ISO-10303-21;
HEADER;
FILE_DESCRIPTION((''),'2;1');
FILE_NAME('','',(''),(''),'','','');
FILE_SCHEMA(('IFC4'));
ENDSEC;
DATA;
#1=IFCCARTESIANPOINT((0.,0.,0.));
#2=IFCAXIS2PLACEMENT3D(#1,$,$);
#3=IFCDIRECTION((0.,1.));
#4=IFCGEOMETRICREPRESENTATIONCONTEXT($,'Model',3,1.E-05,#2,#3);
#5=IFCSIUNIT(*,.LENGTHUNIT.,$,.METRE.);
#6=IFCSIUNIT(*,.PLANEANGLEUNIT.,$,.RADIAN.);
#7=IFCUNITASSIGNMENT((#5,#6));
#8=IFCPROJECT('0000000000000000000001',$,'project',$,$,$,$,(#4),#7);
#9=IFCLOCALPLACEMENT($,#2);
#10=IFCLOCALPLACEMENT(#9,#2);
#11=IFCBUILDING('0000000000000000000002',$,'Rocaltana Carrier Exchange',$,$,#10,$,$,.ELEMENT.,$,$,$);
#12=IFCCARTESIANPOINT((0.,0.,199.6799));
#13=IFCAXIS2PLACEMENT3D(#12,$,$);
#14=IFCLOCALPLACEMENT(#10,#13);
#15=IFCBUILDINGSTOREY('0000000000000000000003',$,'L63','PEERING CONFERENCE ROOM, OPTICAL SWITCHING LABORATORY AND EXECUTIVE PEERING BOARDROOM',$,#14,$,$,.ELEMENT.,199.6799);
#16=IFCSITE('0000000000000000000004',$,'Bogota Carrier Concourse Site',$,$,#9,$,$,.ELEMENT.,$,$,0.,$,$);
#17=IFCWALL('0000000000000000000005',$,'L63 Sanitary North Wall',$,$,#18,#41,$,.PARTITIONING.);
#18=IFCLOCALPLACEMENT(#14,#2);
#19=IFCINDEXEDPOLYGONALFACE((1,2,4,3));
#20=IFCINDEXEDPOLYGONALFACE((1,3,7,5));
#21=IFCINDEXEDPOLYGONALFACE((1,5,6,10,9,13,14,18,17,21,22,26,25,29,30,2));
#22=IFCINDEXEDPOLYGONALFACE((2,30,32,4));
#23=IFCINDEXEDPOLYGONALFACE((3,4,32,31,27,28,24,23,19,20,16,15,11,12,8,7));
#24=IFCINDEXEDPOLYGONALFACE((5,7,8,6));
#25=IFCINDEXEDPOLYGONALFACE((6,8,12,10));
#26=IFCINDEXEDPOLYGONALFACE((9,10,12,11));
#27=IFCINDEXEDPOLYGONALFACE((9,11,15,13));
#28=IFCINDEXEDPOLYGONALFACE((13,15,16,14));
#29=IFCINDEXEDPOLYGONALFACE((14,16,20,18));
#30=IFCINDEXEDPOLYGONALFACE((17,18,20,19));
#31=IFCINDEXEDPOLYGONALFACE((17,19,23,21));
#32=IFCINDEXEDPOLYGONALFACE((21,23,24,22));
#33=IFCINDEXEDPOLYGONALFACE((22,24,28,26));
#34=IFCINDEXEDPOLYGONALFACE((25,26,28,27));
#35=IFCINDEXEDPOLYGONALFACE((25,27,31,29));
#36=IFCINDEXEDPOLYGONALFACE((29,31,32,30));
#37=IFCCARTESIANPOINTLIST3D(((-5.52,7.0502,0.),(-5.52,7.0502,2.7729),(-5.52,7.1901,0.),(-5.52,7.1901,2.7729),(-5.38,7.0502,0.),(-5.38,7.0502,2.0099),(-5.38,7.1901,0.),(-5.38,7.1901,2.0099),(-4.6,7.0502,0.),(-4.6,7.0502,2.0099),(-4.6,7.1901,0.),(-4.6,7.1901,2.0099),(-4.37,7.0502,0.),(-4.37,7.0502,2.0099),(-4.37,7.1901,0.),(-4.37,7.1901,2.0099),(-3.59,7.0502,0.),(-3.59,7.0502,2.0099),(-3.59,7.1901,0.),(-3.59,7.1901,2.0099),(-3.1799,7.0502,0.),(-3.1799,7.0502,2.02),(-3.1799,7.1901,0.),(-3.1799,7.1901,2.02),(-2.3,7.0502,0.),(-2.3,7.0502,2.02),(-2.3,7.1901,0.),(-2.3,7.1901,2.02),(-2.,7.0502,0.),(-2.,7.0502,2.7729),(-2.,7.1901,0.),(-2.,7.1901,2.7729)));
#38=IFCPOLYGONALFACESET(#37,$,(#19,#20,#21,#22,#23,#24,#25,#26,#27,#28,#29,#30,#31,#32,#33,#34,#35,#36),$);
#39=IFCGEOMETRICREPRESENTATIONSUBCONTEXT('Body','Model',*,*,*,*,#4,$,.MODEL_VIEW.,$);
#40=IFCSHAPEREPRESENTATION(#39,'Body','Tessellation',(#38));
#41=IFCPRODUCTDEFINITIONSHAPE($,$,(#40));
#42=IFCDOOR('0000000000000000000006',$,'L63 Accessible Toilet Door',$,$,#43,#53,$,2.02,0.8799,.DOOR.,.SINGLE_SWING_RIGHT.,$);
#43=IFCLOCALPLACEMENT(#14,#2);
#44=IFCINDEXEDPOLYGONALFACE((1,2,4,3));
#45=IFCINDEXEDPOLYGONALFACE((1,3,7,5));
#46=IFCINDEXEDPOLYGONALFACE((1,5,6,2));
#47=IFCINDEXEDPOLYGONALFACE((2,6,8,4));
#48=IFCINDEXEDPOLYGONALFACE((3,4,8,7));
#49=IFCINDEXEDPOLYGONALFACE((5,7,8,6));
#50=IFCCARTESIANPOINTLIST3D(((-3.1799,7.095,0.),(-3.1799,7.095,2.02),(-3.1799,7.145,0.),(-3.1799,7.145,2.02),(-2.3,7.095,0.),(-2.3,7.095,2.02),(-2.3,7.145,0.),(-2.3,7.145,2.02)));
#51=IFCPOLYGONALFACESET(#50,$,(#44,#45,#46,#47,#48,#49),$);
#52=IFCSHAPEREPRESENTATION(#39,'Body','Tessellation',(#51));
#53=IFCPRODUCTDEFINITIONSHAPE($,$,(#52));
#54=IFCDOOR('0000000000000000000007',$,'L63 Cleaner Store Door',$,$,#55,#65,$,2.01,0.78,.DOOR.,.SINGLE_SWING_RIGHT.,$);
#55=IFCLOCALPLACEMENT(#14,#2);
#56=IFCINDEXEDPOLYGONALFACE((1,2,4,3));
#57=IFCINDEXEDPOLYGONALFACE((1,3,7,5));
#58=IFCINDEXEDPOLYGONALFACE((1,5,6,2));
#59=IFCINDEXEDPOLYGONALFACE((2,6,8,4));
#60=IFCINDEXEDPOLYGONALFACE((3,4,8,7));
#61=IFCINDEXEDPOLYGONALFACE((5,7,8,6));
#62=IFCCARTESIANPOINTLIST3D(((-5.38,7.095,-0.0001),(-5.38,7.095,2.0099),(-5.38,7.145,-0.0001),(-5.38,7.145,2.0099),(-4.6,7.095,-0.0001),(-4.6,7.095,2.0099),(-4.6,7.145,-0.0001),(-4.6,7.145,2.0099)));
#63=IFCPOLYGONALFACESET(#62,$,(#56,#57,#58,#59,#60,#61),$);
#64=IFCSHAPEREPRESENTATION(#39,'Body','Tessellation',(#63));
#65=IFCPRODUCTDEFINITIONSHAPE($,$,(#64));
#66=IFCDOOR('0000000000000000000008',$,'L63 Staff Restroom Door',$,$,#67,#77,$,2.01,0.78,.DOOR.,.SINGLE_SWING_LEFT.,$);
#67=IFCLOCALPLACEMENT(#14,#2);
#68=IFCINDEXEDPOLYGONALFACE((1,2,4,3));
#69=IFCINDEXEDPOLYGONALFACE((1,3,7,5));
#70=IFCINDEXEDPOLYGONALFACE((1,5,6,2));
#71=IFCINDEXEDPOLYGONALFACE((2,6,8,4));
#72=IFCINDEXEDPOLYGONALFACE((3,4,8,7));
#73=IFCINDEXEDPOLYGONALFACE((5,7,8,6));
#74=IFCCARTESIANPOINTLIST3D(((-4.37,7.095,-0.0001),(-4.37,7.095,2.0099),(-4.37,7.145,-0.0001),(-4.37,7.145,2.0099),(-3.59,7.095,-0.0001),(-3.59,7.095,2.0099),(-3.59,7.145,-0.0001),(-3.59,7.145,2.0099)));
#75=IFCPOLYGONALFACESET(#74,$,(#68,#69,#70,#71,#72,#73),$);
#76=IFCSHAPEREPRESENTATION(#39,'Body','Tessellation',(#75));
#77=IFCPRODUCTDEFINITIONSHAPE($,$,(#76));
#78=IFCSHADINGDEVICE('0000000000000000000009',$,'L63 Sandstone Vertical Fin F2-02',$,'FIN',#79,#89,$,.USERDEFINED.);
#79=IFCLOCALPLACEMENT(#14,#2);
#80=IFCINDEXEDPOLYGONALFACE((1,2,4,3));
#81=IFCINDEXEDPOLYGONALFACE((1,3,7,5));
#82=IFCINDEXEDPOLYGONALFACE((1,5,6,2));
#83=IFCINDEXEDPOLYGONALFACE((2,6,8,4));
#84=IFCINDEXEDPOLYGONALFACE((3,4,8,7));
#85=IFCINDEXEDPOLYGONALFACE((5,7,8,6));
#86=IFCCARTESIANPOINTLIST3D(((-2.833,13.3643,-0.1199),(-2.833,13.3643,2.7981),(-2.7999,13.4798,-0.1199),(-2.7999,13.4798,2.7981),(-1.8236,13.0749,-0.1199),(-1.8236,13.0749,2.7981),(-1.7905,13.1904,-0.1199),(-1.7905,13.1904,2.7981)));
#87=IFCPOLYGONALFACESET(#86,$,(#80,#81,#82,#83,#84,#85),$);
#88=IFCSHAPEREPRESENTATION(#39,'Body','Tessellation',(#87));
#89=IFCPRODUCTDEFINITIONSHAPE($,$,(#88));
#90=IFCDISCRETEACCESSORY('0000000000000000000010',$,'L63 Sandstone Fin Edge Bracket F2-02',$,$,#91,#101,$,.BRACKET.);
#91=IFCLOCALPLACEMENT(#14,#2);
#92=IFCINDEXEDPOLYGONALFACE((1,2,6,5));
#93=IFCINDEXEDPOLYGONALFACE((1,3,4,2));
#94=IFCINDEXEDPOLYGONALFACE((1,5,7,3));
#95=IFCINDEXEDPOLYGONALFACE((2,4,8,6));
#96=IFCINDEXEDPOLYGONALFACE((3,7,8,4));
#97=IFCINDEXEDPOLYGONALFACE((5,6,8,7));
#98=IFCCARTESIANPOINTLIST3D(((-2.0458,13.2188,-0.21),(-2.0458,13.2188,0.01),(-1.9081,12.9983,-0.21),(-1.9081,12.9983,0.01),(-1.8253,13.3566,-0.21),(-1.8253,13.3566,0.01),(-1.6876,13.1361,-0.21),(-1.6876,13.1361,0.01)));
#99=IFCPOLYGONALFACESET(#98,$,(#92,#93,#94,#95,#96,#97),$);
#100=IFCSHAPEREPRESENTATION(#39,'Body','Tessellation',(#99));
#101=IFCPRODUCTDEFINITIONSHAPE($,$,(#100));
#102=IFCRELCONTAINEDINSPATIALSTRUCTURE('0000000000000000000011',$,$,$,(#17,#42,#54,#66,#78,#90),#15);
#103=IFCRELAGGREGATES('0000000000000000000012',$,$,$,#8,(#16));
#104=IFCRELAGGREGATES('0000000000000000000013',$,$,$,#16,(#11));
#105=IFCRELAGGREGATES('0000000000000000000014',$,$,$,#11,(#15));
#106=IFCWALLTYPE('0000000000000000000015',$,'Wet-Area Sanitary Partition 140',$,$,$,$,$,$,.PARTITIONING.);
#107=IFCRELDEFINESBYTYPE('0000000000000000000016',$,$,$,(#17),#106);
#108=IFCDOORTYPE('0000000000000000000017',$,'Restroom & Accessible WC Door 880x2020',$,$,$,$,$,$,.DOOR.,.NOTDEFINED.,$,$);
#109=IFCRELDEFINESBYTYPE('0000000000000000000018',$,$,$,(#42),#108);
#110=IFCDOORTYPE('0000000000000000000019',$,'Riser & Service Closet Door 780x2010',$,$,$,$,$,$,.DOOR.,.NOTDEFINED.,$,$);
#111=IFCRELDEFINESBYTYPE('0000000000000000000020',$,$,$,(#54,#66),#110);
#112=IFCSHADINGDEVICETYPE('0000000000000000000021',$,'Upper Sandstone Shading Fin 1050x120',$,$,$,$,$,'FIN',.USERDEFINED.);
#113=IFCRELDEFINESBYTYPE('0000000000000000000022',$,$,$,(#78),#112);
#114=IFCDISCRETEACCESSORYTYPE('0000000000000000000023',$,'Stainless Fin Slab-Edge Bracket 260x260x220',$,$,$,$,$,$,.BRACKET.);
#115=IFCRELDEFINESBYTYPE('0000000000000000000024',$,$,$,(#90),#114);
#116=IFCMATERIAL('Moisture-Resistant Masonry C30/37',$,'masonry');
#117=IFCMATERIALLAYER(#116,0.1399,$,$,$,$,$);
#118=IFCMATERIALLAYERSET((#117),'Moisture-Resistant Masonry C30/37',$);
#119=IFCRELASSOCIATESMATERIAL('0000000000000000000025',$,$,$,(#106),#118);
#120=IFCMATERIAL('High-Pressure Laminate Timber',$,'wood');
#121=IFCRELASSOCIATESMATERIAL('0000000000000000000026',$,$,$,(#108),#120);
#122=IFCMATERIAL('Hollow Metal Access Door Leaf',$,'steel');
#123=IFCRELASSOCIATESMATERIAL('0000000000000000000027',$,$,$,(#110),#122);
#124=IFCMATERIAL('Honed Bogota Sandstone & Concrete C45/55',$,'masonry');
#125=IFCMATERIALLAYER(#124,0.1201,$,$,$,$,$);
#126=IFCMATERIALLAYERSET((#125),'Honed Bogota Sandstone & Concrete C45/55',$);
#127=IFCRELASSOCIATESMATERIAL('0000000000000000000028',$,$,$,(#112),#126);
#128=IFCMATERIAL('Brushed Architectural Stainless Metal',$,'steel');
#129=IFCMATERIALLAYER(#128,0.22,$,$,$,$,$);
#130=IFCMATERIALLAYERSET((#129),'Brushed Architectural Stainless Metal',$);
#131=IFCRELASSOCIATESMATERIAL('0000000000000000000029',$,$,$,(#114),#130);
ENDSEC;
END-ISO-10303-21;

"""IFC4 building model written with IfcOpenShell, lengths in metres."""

from ifc_helpers import new_model, si_unit, direction, frame, frame_2d, origin, origin_2d, place, context, subcontext, project, spatial, rectangle, extrude, material, layer, layer_set, type_object, element, fill, save


model = new_model("IFC4")

# Units and contexts
model_context = context("Model", 3, precision=1e-05, world=origin(), true_north=direction((0.0, 1.0)))
body_context = subcontext(model_context, "Body", "Model", "MODEL_VIEW")
ifc_project = project(units=[si_unit("LENGTHUNIT", "METRE"), si_unit("PLANEANGLEUNIT", "RADIAN")], contexts=[model_context])

# Site, building, storey
site_placement = place(None, origin())
site = spatial("IfcSite", under=ifc_project, at=site_placement, Name="Bogota Carrier Concourse Site", CompositionType="ELEMENT", RefElevation=0.0)
building_placement = place(site_placement, origin())
building = spatial("IfcBuilding", under=site, at=building_placement, Name="Rocaltana Carrier Exchange", CompositionType="ELEMENT")
storey_placement = place(building_placement, frame((0.0, 0.0, 199.6799)))
storey = spatial("IfcBuildingStorey", under=building, at=storey_placement, Name="L63", Description="PEERING CONFERENCE ROOM, OPTICAL SWITCHING LABORATORY AND EXECUTIVE PEERING BOARDROOM", CompositionType="ELEMENT", Elevation=199.6799)

# Shared definitions
ifc_material_1 = material(Name="Moisture-Resistant Masonry C30/37", Category="masonry")
ifc_layer_1 = layer(ifc_material_1, 0.1399)
ifc_layer_set_1 = layer_set([ifc_layer_1], Name="Moisture-Resistant Masonry C30/37")
wall_type_1 = type_object("IfcWallType", Name="Wet-Area Sanitary Partition 140", PredefinedType="PARTITIONING", material=ifc_layer_set_1)

# Wall, openings, doors
wall_1_placement = place(storey_placement, frame((-5.52, 7.1201, 0.0), z_axis=(0.0, 0.0, 1.0), x_axis=(1.0, 0.0, 0.0)))
wall_1 = element("IfcWall", 1, at=wall_1_placement, inside=storey, type_object=wall_type_1, Name="L63 Sanitary North Wall", PredefinedType="PARTITIONING", context=body_context, shape_type="SweptSolid", body=[
    extrude(rectangle(XDim=3.52, YDim=0.1399, at=frame_2d((1.76, 0.0))), origin(), (0.0, 0.0, 1.0), 2.7729),
])
opening_1_placement = place(wall_1_placement, frame((0.1399, 0.0, 0.0)))
opening_1 = element("IfcOpeningElement", 2, at=opening_1_placement, cuts=wall_1, PredefinedType="OPENING", context=body_context, shape_type="SweptSolid", body=[
    extrude(rectangle(XDim=0.78, YDim=2.01, at=frame_2d((0.3901, 1.0049))), frame((0.0, 0.0798, 0.0), z_axis=(0.0, -1.0, 0.0), x_axis=(1.0, 0.0, 0.0)), (0.0, 0.0, 1.0), 0.1599),
])
opening_2_placement = place(wall_1_placement, frame((1.1499, 0.0, 0.0)))
opening_2 = element("IfcOpeningElement", 3, at=opening_2_placement, cuts=wall_1, PredefinedType="OPENING", context=body_context, shape_type="SweptSolid", body=[
    extrude(rectangle(XDim=0.78, YDim=2.01, at=frame_2d((0.3901, 1.0049))), frame((0.0, 0.0798, 0.0), z_axis=(0.0, -1.0, 0.0), x_axis=(1.0, 0.0, 0.0)), (0.0, 0.0, 1.0), 0.1599),
])
opening_3_placement = place(wall_1_placement, frame((2.3401, 0.0, 0.0)))
opening_3 = element("IfcOpeningElement", 4, at=opening_3_placement, cuts=wall_1, PredefinedType="OPENING", context=body_context, shape_type="SweptSolid", body=[
    extrude(rectangle(XDim=0.8799, YDim=2.02, at=frame_2d((0.4399, 1.01))), frame((0.0, 0.0798, 0.0), z_axis=(0.0, -1.0, 0.0), x_axis=(1.0, 0.0, 0.0)), (0.0, 0.0, 1.0), 0.1599),
])
ifc_material_2 = material(Name="High-Pressure Laminate Timber", Category="wood")
door_type_1 = type_object("IfcDoorType", Name="Restroom & Accessible WC Door 880x2020", OperationType="NOTDEFINED", PredefinedType="DOOR", material=ifc_material_2)
door_1_placement = place(opening_3_placement, origin())
door_1 = element("IfcDoor", 5, at=door_1_placement, inside=storey, type_object=door_type_1, Name="L63 Accessible Toilet Door", OperationType="SINGLE_SWING_RIGHT", OverallHeight=2.02, OverallWidth=0.8799, PredefinedType="DOOR", context=body_context, shape_type="SweptSolid", body=[
    extrude(rectangle(XDim=0.8799, YDim=2.02, at=frame_2d((0.4399, 1.01))), frame((0.0, 0.0249, 0.0), z_axis=(0.0, -1.0, 0.0), x_axis=(1.0, 0.0, 0.0)), (0.0, 0.0, 1.0), 0.05),
])
fill(opening_3, door_1)
ifc_material_3 = material(Name="Hollow Metal Access Door Leaf", Category="steel")
door_type_2 = type_object("IfcDoorType", Name="Riser & Service Closet Door 780x2010", OperationType="NOTDEFINED", PredefinedType="DOOR", material=ifc_material_3)
door_2_placement = place(opening_1_placement, origin())
door_2 = element("IfcDoor", 6, at=door_2_placement, inside=storey, type_object=door_type_2, Name="L63 Cleaner Store Door", OperationType="SINGLE_SWING_RIGHT", OverallHeight=2.01, OverallWidth=0.78, PredefinedType="DOOR", context=body_context, shape_type="SweptSolid", body=[
    extrude(rectangle(XDim=0.78, YDim=2.01, at=frame_2d((0.3901, 1.0049))), frame((0.0, 0.0249, 0.0), z_axis=(0.0, -1.0, 0.0), x_axis=(1.0, 0.0, 0.0)), (0.0, 0.0, 1.0), 0.05),
])
fill(opening_1, door_2)
door_3_placement = place(opening_2_placement, origin())
door_3 = element("IfcDoor", 7, at=door_3_placement, inside=storey, type_object=door_type_2, Name="L63 Staff Restroom Door", OperationType="SINGLE_SWING_LEFT", OverallHeight=2.01, OverallWidth=0.78, PredefinedType="DOOR", context=body_context, shape_type="SweptSolid", body=[
    extrude(rectangle(XDim=0.78, YDim=2.01, at=frame_2d((0.3901, 1.0049))), frame((0.0, 0.0249, 0.0), z_axis=(0.0, -1.0, 0.0), x_axis=(1.0, 0.0, 0.0)), (0.0, 0.0, 1.0), 0.05),
])
fill(opening_2, door_3)

# Shading device
ifc_material_4 = material(Name="Honed Bogota Sandstone & Concrete C45/55", Category="masonry")
ifc_layer_2 = layer(ifc_material_4, 0.1201)
ifc_layer_set_2 = layer_set([ifc_layer_2], Name="Honed Bogota Sandstone & Concrete C45/55")
shading_device_type = type_object("IfcShadingDeviceType", Name="Upper Sandstone Shading Fin 1050x120", ElementType="FIN", PredefinedType="USERDEFINED", material=ifc_layer_set_2)
shading_device_placement = place(storey_placement, frame((-2.3118, 13.2773, -0.1199), z_axis=(0.0, 0.0, 1.0), x_axis=(-0.961262, 0.275637, 0.0)))
element("IfcShadingDevice", 8, at=shading_device_placement, inside=storey, type_object=shading_device_type, Name="L63 Sandstone Vertical Fin F2-02", ObjectType="FIN", PredefinedType="USERDEFINED", context=body_context, shape_type="SweptSolid", body=[
    extrude(rectangle(XDim=1.05, YDim=0.1201, at=origin_2d()), origin(), (0.0, 0.0, 1.0), 2.918),
])

# Discrete accessory
ifc_material_5 = material(Name="Brushed Architectural Stainless Metal", Category="steel")
ifc_layer_3 = layer(ifc_material_5, 0.22)
ifc_layer_set_3 = layer_set([ifc_layer_3], Name="Brushed Architectural Stainless Metal")
discrete_accessory_type = type_object("IfcDiscreteAccessoryType", Name="Stainless Fin Slab-Edge Bracket 260x260x220", PredefinedType="BRACKET", material=ifc_layer_set_3)
discrete_accessory_placement = place(storey_placement, frame((-1.8667, 13.1775, -0.21), z_axis=(0.0, 0.0, 1.0), x_axis=(-0.848048, -0.529919, 0.0)))
element("IfcDiscreteAccessory", 9, at=discrete_accessory_placement, inside=storey, type_object=discrete_accessory_type, Name="L63 Sandstone Fin Edge Bracket F2-02", PredefinedType="BRACKET", context=body_context, shape_type="SweptSolid", body=[
    extrude(rectangle(XDim=0.26, YDim=0.26, at=origin_2d()), origin(), (0.0, 0.0, 1.0), 0.22),
])

save(model, "model.ifc")
